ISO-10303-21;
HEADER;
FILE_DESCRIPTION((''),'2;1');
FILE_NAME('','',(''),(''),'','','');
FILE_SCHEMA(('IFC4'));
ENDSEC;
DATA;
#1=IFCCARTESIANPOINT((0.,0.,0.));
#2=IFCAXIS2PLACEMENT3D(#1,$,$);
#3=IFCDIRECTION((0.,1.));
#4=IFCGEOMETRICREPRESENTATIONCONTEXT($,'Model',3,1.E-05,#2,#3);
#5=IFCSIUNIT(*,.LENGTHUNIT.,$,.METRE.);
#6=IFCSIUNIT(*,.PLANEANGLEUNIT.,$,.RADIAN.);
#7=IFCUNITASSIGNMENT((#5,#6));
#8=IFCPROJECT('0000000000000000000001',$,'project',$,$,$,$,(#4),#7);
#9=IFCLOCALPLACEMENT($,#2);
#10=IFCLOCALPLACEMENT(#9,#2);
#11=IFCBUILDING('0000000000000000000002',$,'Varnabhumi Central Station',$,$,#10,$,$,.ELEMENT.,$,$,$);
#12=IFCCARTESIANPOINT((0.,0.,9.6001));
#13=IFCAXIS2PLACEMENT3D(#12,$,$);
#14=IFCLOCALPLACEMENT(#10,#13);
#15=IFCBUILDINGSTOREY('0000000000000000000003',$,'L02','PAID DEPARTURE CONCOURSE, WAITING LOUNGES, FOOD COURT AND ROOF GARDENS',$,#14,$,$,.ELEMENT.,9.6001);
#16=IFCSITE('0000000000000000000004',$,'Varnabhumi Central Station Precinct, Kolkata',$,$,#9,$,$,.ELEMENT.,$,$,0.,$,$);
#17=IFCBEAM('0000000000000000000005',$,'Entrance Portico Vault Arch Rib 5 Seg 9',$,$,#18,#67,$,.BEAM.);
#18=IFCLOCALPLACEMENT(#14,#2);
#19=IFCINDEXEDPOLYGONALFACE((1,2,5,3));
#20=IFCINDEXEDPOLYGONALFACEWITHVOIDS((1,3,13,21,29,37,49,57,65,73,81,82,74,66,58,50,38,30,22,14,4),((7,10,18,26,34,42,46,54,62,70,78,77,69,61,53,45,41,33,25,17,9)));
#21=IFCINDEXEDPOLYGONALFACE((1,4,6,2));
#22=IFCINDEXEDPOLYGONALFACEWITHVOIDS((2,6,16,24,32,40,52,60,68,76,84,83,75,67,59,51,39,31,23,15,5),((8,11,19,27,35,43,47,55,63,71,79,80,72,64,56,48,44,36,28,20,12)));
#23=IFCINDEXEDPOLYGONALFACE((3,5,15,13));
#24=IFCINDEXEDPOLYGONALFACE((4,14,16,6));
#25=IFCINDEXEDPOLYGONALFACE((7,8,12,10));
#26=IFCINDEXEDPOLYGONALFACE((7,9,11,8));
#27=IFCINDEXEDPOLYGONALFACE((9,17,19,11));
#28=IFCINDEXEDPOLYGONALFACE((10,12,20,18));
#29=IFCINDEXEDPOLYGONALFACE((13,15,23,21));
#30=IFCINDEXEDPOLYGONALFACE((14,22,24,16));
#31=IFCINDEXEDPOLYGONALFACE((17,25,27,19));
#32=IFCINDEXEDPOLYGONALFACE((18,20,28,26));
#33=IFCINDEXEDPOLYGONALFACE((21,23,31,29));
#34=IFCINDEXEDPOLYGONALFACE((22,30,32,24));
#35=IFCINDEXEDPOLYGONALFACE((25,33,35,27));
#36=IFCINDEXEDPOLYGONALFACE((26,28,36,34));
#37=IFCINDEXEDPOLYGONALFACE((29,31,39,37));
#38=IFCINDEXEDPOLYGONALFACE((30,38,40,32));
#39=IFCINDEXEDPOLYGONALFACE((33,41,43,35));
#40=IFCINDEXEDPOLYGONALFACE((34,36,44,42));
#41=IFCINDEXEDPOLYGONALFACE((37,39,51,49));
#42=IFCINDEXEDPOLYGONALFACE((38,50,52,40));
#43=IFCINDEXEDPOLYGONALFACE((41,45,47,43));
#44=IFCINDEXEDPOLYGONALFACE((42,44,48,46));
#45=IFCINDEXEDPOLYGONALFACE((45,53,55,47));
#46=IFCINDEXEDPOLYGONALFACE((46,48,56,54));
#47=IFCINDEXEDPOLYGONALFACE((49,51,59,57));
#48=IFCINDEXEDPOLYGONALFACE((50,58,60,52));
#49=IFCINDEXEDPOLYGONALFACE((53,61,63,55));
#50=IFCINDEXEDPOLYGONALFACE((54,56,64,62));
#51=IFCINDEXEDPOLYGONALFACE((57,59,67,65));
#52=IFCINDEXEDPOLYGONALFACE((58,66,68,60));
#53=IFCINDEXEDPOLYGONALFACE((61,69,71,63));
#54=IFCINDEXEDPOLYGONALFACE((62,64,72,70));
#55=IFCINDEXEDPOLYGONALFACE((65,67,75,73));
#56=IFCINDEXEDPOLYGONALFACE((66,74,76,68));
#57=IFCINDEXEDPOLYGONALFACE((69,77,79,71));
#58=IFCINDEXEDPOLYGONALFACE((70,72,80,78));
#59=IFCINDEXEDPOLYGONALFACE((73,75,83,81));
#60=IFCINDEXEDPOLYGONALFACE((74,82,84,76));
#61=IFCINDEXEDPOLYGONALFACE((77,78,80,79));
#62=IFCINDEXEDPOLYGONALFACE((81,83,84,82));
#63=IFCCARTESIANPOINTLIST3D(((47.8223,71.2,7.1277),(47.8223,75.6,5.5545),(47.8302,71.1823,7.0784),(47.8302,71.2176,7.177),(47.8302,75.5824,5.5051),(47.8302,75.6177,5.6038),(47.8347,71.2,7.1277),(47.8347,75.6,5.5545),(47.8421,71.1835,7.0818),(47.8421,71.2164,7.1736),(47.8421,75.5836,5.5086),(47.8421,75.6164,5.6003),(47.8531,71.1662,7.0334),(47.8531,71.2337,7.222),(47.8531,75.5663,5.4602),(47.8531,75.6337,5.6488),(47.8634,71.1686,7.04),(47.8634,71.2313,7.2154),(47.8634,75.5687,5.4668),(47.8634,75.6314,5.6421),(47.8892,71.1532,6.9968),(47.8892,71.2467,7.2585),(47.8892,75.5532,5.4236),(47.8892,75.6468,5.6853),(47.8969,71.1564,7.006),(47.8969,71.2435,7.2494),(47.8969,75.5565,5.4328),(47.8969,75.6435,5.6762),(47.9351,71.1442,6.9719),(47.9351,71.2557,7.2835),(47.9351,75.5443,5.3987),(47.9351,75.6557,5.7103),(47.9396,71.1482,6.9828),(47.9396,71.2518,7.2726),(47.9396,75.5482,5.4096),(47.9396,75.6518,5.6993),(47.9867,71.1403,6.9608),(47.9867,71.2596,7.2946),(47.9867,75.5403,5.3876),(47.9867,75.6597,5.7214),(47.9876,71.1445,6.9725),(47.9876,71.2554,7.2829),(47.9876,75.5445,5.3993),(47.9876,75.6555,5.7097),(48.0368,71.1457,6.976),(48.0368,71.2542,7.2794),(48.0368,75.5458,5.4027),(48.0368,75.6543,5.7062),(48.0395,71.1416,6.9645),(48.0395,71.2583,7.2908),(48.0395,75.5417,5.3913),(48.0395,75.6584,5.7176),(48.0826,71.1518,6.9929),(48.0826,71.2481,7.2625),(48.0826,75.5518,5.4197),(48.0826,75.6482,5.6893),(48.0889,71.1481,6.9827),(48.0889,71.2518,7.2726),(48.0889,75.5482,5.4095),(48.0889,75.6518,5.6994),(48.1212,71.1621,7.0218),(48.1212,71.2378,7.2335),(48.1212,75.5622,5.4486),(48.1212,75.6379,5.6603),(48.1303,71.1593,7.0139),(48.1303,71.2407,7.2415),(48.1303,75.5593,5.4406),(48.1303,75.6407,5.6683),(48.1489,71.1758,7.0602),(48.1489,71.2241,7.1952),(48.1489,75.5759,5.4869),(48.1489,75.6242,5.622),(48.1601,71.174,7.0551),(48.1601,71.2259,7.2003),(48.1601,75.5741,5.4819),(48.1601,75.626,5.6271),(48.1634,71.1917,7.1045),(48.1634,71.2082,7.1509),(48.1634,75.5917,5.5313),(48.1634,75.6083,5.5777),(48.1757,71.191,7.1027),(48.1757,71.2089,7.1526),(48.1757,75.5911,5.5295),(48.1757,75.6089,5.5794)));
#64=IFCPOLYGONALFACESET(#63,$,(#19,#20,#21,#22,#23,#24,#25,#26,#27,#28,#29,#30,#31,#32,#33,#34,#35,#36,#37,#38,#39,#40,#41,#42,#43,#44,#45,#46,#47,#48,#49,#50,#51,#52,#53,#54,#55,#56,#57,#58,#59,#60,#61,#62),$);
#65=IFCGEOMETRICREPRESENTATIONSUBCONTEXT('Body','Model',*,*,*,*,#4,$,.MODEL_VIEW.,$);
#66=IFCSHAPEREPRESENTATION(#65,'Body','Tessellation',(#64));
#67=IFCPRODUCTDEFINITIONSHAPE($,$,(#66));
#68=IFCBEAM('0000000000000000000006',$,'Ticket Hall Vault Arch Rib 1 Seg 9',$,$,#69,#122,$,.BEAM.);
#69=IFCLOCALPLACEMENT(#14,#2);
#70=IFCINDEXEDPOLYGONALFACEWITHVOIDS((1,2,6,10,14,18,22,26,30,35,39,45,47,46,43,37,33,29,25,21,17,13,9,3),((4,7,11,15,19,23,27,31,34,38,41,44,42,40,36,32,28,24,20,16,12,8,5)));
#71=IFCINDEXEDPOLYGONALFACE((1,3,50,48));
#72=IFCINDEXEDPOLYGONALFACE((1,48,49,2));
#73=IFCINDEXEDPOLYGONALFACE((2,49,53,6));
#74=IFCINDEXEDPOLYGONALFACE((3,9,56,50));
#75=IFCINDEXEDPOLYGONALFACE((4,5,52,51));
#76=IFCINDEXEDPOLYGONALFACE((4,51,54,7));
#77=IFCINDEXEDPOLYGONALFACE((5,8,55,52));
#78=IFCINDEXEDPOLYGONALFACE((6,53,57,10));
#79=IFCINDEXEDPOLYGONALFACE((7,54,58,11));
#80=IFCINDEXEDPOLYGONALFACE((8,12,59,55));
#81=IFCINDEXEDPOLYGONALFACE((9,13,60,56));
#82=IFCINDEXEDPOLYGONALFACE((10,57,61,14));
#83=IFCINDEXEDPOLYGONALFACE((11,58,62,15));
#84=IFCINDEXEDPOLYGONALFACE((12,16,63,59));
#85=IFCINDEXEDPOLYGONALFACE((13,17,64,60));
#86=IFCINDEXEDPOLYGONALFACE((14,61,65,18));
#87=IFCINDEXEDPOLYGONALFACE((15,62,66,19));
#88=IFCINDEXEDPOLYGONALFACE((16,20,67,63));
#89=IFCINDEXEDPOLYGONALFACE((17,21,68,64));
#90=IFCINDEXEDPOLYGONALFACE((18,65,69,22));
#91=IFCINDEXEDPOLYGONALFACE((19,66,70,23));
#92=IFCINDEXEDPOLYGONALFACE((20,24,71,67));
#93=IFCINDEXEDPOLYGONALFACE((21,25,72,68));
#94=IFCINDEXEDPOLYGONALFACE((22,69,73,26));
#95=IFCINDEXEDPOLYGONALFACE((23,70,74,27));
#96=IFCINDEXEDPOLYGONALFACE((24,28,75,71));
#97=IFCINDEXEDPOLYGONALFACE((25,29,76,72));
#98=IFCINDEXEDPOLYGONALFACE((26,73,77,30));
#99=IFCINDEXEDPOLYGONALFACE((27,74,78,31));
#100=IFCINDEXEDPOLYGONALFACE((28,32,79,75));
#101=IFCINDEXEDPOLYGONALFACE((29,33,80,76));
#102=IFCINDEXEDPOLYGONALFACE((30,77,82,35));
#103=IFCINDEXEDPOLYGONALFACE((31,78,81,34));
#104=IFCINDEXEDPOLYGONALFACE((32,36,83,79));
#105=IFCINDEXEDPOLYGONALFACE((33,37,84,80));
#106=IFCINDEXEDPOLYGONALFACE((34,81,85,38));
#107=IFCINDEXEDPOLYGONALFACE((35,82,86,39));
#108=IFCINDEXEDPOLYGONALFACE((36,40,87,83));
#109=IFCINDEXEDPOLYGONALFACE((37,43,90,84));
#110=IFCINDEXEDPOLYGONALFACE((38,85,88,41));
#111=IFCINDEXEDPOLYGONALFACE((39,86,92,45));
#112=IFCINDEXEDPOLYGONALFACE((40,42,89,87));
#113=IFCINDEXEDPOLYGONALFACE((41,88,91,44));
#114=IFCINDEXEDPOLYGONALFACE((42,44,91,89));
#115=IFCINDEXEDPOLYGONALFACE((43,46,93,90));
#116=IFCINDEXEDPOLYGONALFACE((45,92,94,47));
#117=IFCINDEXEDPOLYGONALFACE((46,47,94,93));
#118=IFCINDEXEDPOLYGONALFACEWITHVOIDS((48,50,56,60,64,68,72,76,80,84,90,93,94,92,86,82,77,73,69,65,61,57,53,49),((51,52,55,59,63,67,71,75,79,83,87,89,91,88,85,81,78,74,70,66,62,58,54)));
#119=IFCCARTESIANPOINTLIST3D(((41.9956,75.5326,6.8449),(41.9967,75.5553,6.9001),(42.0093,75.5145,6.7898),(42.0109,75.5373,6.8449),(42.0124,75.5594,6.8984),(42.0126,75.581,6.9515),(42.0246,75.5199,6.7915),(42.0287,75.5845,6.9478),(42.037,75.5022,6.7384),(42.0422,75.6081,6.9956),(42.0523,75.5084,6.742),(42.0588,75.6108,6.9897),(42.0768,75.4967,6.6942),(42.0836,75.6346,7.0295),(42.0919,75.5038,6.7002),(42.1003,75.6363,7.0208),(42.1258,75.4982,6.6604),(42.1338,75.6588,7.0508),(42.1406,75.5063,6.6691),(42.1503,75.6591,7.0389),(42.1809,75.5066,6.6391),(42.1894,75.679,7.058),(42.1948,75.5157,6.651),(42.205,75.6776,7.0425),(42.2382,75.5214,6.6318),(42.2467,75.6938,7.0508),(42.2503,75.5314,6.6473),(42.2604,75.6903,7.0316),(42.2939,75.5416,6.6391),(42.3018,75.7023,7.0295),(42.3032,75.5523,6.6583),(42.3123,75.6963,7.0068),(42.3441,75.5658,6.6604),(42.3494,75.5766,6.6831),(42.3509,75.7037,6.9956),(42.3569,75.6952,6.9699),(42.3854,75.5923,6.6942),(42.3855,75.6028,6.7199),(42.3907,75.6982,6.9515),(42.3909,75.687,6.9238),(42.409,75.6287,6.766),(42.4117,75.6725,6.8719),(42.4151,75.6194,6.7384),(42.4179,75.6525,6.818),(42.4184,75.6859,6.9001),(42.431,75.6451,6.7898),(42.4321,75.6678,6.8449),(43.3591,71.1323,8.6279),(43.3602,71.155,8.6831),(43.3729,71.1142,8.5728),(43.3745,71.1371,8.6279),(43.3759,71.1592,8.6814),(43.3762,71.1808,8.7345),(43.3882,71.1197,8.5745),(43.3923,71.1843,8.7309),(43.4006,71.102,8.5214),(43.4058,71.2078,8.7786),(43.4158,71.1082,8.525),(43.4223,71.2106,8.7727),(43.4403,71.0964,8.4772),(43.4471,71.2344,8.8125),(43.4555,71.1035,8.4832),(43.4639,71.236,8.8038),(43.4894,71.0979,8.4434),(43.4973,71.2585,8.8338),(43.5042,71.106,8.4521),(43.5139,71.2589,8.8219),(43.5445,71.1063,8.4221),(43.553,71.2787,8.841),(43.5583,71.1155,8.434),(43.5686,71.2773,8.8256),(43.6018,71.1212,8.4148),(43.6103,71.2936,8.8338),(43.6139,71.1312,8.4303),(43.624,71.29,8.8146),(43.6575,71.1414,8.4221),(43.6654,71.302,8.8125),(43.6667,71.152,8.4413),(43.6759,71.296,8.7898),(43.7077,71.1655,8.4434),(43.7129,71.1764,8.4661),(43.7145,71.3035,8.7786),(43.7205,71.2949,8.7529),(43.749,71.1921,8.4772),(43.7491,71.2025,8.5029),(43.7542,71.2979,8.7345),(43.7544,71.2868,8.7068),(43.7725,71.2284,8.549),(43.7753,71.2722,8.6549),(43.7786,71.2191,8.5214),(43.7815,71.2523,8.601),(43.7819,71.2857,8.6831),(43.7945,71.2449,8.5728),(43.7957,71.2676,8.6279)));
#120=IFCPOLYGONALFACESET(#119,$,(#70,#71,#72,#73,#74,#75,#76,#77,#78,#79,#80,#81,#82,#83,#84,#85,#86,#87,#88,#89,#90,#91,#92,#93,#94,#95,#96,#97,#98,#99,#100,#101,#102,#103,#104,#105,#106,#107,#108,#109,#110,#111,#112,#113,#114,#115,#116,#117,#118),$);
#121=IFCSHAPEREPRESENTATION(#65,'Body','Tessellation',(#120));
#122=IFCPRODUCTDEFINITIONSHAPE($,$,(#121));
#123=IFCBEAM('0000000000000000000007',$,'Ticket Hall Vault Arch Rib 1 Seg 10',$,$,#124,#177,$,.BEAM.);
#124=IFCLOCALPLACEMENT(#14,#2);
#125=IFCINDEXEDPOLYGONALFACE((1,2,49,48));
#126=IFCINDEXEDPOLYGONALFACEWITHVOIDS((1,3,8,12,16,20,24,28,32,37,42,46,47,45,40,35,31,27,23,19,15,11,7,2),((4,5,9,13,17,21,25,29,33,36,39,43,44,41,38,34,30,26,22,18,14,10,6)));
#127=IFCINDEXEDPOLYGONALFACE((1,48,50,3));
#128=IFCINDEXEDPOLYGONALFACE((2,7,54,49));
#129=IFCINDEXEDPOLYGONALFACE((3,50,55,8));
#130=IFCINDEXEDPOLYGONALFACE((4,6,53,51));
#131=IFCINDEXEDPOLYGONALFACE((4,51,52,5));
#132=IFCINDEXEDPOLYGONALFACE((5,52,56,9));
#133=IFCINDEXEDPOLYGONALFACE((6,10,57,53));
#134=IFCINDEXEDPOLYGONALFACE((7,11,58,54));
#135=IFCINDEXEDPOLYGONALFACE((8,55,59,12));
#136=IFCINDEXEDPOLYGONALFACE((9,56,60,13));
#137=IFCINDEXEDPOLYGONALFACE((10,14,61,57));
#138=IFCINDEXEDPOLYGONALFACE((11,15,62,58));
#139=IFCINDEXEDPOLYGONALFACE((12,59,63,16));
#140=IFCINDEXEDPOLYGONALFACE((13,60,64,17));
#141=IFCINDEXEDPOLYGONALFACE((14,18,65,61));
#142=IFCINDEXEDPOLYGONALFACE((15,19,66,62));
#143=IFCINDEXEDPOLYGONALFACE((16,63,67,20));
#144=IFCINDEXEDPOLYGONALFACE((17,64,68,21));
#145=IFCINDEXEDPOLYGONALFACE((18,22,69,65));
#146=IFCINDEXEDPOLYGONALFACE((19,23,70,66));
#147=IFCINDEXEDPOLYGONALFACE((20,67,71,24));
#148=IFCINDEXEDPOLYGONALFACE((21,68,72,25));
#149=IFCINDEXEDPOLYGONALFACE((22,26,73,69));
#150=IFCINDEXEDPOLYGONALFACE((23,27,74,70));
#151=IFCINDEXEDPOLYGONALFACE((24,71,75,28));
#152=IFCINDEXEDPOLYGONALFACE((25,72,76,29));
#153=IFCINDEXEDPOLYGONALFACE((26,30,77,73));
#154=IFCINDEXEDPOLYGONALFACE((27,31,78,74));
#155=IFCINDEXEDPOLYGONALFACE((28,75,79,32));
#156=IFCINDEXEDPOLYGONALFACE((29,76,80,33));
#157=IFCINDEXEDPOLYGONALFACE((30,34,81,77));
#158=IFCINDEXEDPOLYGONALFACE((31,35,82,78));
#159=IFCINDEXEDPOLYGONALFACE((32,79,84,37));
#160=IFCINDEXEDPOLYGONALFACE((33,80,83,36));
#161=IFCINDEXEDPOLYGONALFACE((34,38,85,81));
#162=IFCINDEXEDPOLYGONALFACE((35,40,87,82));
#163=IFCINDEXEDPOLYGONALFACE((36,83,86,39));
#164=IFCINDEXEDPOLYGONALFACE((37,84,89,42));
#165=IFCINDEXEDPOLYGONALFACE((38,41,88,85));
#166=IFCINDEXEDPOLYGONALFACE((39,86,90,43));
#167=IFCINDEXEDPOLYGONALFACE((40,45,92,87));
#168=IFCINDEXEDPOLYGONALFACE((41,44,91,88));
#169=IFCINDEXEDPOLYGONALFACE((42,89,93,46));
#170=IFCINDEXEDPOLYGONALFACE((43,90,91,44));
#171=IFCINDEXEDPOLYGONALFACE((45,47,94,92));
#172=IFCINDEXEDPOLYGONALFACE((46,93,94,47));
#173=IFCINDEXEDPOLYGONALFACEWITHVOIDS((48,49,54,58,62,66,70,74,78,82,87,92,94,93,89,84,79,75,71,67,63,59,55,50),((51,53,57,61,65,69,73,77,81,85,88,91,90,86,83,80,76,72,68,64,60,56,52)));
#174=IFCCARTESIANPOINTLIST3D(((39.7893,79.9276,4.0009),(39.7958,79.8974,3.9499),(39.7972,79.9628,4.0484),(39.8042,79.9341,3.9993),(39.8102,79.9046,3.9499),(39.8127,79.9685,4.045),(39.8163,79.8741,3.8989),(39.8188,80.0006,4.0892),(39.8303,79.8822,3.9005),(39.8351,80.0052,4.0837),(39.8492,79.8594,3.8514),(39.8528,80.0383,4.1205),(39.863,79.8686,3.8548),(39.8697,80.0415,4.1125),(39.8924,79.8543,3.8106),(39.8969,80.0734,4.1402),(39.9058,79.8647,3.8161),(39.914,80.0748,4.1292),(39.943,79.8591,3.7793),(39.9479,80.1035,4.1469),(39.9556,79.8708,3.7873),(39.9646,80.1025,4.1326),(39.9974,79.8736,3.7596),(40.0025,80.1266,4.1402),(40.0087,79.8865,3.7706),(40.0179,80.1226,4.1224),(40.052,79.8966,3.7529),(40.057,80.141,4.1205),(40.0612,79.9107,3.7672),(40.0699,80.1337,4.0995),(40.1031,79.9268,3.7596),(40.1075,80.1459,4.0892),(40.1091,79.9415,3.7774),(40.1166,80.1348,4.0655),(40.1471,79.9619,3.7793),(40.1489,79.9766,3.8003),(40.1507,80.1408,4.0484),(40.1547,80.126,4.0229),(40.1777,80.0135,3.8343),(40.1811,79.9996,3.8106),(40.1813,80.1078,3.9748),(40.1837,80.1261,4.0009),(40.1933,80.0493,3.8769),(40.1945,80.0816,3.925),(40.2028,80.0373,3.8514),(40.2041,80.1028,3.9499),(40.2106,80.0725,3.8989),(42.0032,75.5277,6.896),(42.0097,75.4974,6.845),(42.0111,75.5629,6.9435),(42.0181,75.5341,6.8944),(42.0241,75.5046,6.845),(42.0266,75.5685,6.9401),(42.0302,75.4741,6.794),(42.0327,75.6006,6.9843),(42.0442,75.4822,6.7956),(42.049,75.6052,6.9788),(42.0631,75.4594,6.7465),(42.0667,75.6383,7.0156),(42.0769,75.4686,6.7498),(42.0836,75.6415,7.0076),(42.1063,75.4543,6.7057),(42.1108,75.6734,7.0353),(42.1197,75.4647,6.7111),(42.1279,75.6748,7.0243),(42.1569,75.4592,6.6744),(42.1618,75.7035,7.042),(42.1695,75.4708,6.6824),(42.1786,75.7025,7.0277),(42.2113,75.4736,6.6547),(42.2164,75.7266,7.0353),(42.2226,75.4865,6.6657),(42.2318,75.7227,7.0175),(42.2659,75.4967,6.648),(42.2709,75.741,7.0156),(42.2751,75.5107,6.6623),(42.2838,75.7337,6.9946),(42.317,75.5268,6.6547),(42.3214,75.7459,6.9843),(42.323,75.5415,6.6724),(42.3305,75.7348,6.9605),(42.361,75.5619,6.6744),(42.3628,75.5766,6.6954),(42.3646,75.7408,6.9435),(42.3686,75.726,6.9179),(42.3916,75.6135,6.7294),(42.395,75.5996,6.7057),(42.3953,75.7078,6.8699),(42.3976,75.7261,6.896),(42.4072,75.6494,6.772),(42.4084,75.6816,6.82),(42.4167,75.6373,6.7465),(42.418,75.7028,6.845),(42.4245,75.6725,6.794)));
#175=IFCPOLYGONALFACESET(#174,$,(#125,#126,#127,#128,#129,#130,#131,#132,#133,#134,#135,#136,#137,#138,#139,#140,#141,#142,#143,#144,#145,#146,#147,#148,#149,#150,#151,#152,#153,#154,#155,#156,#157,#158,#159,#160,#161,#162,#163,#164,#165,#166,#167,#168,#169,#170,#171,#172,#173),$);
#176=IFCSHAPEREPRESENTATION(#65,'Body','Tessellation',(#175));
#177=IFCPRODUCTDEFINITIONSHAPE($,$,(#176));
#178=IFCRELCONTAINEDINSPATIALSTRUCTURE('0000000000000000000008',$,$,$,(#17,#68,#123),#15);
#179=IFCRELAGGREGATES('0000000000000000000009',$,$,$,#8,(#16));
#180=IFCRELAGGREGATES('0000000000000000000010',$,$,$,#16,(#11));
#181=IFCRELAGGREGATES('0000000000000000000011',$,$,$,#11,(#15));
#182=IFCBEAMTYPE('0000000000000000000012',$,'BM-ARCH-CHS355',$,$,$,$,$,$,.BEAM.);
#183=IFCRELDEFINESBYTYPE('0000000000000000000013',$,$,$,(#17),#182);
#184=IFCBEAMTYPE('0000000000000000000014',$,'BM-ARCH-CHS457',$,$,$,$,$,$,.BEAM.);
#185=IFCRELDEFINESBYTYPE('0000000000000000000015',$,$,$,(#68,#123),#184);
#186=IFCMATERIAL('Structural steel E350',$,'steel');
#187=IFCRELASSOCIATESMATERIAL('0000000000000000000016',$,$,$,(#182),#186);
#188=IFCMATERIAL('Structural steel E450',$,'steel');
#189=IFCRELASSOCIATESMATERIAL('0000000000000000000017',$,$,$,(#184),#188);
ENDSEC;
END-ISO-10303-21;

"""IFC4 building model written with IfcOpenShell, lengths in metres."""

from ifc_helpers import new_model, si_unit, direction, frame, origin, origin_2d, place, context, subcontext, project, spatial, hollow_circle, extrude, material, material_profile, profile_set, type_object, element, save


model = new_model("IFC4")

# Units and contexts
model_context = context("Model", 3, precision=1e-05, world=origin(), true_north=direction((0.0, 1.0)))
body_context = subcontext(model_context, "Body", "Model", "MODEL_VIEW")
ifc_project = project(units=[si_unit("LENGTHUNIT", "METRE"), si_unit("PLANEANGLEUNIT", "RADIAN")], contexts=[model_context])

# Site, building, storey
site_placement = place(None, origin())
site = spatial("IfcSite", under=ifc_project, at=site_placement, Name="Varnabhumi Central Station Precinct, Kolkata", CompositionType="ELEMENT", RefElevation=0.0)
building_placement = place(site_placement, origin())
building = spatial("IfcBuilding", under=site, at=building_placement, Name="Varnabhumi Central Station", CompositionType="ELEMENT")
storey_placement = place(building_placement, frame((0.0, 0.0, 9.6001)))
storey = spatial("IfcBuildingStorey", under=building, at=storey_placement, Name="L02", Description="PAID DEPARTURE CONCOURSE, WAITING LOUNGES, FOOD COURT AND ROOF GARDENS", CompositionType="ELEMENT", Elevation=9.6001)

# Beams
ifc_material_1 = material(Name="Structural steel E350", Category="steel")
ifc_material_profile_1 = material_profile(ifc_material_1, hollow_circle(Radius=0.1777, WallThickness=0.0125, at=origin_2d()), Name="Structural steel E350", Category="steel")
ifc_profile_set_1 = profile_set([ifc_material_profile_1], Name="Structural steel E350")
beam_type_1 = type_object("IfcBeamType", Name="BM-ARCH-CHS355", PredefinedType="BEAM", material=ifc_profile_set_1)
beam_1_placement = place(storey_placement, frame((48.0, 71.2, 7.1277), z_axis=(0.0, 0.941622, -0.336671), x_axis=(-1.0, 0.0, 0.0)))
element("IfcBeam", 1, at=beam_1_placement, inside=storey, type_object=beam_type_1, Name="Entrance Portico Vault Arch Rib 5 Seg 9", PredefinedType="BEAM", context=body_context, shape_type="SweptSolid", body=[
    extrude(hollow_circle(Radius=0.1777, WallThickness=0.0125, at=origin_2d()), origin(), (0.0, 0.0, 1.0), 4.6729),
])
ifc_material_2 = material(Name="Structural steel E450", Category="steel")
ifc_material_profile_2 = material_profile(ifc_material_2, hollow_circle(Radius=0.2285, WallThickness=0.0161, at=origin_2d()), Name="Structural steel E450", Category="steel")
ifc_profile_set_2 = profile_set([ifc_material_profile_2], Name="Structural steel E450")
beam_type_2 = type_object("IfcBeamType", Name="BM-ARCH-CHS457", PredefinedType="BEAM", material=ifc_profile_set_2)
beam_2_placement = place(storey_placement, frame((43.5774, 71.2, 8.6279), z_axis=(-0.276041, 0.890794, -0.360954), x_axis=(-0.955189, -0.295996, 0.0)))
element("IfcBeam", 2, at=beam_2_placement, inside=storey, type_object=beam_type_2, Name="Ticket Hall Vault Arch Rib 1 Seg 9", PredefinedType="BEAM", context=body_context, shape_type="SweptSolid", body=[
    extrude(hollow_circle(Radius=0.2285, WallThickness=0.0161, at=origin_2d()), origin(), (0.0, 0.0, 1.0), 4.9397),
])
beam_3_placement = place(storey_placement, frame((42.2139, 75.6001, 6.845), z_axis=(-0.387495, 0.770119, -0.506718), x_axis=(-0.893294, -0.449472, 0.0)))
element("IfcBeam", 3, at=beam_3_placement, inside=storey, type_object=beam_type_2, Name="Ticket Hall Vault Arch Rib 1 Seg 10", PredefinedType="BEAM", context=body_context, shape_type="SweptSolid", body=[
    extrude(hollow_circle(Radius=0.2285, WallThickness=0.0161, at=origin_2d()), origin(), (0.0, 0.0, 1.0), 5.7134),
])

save(model, "model.ifc")
